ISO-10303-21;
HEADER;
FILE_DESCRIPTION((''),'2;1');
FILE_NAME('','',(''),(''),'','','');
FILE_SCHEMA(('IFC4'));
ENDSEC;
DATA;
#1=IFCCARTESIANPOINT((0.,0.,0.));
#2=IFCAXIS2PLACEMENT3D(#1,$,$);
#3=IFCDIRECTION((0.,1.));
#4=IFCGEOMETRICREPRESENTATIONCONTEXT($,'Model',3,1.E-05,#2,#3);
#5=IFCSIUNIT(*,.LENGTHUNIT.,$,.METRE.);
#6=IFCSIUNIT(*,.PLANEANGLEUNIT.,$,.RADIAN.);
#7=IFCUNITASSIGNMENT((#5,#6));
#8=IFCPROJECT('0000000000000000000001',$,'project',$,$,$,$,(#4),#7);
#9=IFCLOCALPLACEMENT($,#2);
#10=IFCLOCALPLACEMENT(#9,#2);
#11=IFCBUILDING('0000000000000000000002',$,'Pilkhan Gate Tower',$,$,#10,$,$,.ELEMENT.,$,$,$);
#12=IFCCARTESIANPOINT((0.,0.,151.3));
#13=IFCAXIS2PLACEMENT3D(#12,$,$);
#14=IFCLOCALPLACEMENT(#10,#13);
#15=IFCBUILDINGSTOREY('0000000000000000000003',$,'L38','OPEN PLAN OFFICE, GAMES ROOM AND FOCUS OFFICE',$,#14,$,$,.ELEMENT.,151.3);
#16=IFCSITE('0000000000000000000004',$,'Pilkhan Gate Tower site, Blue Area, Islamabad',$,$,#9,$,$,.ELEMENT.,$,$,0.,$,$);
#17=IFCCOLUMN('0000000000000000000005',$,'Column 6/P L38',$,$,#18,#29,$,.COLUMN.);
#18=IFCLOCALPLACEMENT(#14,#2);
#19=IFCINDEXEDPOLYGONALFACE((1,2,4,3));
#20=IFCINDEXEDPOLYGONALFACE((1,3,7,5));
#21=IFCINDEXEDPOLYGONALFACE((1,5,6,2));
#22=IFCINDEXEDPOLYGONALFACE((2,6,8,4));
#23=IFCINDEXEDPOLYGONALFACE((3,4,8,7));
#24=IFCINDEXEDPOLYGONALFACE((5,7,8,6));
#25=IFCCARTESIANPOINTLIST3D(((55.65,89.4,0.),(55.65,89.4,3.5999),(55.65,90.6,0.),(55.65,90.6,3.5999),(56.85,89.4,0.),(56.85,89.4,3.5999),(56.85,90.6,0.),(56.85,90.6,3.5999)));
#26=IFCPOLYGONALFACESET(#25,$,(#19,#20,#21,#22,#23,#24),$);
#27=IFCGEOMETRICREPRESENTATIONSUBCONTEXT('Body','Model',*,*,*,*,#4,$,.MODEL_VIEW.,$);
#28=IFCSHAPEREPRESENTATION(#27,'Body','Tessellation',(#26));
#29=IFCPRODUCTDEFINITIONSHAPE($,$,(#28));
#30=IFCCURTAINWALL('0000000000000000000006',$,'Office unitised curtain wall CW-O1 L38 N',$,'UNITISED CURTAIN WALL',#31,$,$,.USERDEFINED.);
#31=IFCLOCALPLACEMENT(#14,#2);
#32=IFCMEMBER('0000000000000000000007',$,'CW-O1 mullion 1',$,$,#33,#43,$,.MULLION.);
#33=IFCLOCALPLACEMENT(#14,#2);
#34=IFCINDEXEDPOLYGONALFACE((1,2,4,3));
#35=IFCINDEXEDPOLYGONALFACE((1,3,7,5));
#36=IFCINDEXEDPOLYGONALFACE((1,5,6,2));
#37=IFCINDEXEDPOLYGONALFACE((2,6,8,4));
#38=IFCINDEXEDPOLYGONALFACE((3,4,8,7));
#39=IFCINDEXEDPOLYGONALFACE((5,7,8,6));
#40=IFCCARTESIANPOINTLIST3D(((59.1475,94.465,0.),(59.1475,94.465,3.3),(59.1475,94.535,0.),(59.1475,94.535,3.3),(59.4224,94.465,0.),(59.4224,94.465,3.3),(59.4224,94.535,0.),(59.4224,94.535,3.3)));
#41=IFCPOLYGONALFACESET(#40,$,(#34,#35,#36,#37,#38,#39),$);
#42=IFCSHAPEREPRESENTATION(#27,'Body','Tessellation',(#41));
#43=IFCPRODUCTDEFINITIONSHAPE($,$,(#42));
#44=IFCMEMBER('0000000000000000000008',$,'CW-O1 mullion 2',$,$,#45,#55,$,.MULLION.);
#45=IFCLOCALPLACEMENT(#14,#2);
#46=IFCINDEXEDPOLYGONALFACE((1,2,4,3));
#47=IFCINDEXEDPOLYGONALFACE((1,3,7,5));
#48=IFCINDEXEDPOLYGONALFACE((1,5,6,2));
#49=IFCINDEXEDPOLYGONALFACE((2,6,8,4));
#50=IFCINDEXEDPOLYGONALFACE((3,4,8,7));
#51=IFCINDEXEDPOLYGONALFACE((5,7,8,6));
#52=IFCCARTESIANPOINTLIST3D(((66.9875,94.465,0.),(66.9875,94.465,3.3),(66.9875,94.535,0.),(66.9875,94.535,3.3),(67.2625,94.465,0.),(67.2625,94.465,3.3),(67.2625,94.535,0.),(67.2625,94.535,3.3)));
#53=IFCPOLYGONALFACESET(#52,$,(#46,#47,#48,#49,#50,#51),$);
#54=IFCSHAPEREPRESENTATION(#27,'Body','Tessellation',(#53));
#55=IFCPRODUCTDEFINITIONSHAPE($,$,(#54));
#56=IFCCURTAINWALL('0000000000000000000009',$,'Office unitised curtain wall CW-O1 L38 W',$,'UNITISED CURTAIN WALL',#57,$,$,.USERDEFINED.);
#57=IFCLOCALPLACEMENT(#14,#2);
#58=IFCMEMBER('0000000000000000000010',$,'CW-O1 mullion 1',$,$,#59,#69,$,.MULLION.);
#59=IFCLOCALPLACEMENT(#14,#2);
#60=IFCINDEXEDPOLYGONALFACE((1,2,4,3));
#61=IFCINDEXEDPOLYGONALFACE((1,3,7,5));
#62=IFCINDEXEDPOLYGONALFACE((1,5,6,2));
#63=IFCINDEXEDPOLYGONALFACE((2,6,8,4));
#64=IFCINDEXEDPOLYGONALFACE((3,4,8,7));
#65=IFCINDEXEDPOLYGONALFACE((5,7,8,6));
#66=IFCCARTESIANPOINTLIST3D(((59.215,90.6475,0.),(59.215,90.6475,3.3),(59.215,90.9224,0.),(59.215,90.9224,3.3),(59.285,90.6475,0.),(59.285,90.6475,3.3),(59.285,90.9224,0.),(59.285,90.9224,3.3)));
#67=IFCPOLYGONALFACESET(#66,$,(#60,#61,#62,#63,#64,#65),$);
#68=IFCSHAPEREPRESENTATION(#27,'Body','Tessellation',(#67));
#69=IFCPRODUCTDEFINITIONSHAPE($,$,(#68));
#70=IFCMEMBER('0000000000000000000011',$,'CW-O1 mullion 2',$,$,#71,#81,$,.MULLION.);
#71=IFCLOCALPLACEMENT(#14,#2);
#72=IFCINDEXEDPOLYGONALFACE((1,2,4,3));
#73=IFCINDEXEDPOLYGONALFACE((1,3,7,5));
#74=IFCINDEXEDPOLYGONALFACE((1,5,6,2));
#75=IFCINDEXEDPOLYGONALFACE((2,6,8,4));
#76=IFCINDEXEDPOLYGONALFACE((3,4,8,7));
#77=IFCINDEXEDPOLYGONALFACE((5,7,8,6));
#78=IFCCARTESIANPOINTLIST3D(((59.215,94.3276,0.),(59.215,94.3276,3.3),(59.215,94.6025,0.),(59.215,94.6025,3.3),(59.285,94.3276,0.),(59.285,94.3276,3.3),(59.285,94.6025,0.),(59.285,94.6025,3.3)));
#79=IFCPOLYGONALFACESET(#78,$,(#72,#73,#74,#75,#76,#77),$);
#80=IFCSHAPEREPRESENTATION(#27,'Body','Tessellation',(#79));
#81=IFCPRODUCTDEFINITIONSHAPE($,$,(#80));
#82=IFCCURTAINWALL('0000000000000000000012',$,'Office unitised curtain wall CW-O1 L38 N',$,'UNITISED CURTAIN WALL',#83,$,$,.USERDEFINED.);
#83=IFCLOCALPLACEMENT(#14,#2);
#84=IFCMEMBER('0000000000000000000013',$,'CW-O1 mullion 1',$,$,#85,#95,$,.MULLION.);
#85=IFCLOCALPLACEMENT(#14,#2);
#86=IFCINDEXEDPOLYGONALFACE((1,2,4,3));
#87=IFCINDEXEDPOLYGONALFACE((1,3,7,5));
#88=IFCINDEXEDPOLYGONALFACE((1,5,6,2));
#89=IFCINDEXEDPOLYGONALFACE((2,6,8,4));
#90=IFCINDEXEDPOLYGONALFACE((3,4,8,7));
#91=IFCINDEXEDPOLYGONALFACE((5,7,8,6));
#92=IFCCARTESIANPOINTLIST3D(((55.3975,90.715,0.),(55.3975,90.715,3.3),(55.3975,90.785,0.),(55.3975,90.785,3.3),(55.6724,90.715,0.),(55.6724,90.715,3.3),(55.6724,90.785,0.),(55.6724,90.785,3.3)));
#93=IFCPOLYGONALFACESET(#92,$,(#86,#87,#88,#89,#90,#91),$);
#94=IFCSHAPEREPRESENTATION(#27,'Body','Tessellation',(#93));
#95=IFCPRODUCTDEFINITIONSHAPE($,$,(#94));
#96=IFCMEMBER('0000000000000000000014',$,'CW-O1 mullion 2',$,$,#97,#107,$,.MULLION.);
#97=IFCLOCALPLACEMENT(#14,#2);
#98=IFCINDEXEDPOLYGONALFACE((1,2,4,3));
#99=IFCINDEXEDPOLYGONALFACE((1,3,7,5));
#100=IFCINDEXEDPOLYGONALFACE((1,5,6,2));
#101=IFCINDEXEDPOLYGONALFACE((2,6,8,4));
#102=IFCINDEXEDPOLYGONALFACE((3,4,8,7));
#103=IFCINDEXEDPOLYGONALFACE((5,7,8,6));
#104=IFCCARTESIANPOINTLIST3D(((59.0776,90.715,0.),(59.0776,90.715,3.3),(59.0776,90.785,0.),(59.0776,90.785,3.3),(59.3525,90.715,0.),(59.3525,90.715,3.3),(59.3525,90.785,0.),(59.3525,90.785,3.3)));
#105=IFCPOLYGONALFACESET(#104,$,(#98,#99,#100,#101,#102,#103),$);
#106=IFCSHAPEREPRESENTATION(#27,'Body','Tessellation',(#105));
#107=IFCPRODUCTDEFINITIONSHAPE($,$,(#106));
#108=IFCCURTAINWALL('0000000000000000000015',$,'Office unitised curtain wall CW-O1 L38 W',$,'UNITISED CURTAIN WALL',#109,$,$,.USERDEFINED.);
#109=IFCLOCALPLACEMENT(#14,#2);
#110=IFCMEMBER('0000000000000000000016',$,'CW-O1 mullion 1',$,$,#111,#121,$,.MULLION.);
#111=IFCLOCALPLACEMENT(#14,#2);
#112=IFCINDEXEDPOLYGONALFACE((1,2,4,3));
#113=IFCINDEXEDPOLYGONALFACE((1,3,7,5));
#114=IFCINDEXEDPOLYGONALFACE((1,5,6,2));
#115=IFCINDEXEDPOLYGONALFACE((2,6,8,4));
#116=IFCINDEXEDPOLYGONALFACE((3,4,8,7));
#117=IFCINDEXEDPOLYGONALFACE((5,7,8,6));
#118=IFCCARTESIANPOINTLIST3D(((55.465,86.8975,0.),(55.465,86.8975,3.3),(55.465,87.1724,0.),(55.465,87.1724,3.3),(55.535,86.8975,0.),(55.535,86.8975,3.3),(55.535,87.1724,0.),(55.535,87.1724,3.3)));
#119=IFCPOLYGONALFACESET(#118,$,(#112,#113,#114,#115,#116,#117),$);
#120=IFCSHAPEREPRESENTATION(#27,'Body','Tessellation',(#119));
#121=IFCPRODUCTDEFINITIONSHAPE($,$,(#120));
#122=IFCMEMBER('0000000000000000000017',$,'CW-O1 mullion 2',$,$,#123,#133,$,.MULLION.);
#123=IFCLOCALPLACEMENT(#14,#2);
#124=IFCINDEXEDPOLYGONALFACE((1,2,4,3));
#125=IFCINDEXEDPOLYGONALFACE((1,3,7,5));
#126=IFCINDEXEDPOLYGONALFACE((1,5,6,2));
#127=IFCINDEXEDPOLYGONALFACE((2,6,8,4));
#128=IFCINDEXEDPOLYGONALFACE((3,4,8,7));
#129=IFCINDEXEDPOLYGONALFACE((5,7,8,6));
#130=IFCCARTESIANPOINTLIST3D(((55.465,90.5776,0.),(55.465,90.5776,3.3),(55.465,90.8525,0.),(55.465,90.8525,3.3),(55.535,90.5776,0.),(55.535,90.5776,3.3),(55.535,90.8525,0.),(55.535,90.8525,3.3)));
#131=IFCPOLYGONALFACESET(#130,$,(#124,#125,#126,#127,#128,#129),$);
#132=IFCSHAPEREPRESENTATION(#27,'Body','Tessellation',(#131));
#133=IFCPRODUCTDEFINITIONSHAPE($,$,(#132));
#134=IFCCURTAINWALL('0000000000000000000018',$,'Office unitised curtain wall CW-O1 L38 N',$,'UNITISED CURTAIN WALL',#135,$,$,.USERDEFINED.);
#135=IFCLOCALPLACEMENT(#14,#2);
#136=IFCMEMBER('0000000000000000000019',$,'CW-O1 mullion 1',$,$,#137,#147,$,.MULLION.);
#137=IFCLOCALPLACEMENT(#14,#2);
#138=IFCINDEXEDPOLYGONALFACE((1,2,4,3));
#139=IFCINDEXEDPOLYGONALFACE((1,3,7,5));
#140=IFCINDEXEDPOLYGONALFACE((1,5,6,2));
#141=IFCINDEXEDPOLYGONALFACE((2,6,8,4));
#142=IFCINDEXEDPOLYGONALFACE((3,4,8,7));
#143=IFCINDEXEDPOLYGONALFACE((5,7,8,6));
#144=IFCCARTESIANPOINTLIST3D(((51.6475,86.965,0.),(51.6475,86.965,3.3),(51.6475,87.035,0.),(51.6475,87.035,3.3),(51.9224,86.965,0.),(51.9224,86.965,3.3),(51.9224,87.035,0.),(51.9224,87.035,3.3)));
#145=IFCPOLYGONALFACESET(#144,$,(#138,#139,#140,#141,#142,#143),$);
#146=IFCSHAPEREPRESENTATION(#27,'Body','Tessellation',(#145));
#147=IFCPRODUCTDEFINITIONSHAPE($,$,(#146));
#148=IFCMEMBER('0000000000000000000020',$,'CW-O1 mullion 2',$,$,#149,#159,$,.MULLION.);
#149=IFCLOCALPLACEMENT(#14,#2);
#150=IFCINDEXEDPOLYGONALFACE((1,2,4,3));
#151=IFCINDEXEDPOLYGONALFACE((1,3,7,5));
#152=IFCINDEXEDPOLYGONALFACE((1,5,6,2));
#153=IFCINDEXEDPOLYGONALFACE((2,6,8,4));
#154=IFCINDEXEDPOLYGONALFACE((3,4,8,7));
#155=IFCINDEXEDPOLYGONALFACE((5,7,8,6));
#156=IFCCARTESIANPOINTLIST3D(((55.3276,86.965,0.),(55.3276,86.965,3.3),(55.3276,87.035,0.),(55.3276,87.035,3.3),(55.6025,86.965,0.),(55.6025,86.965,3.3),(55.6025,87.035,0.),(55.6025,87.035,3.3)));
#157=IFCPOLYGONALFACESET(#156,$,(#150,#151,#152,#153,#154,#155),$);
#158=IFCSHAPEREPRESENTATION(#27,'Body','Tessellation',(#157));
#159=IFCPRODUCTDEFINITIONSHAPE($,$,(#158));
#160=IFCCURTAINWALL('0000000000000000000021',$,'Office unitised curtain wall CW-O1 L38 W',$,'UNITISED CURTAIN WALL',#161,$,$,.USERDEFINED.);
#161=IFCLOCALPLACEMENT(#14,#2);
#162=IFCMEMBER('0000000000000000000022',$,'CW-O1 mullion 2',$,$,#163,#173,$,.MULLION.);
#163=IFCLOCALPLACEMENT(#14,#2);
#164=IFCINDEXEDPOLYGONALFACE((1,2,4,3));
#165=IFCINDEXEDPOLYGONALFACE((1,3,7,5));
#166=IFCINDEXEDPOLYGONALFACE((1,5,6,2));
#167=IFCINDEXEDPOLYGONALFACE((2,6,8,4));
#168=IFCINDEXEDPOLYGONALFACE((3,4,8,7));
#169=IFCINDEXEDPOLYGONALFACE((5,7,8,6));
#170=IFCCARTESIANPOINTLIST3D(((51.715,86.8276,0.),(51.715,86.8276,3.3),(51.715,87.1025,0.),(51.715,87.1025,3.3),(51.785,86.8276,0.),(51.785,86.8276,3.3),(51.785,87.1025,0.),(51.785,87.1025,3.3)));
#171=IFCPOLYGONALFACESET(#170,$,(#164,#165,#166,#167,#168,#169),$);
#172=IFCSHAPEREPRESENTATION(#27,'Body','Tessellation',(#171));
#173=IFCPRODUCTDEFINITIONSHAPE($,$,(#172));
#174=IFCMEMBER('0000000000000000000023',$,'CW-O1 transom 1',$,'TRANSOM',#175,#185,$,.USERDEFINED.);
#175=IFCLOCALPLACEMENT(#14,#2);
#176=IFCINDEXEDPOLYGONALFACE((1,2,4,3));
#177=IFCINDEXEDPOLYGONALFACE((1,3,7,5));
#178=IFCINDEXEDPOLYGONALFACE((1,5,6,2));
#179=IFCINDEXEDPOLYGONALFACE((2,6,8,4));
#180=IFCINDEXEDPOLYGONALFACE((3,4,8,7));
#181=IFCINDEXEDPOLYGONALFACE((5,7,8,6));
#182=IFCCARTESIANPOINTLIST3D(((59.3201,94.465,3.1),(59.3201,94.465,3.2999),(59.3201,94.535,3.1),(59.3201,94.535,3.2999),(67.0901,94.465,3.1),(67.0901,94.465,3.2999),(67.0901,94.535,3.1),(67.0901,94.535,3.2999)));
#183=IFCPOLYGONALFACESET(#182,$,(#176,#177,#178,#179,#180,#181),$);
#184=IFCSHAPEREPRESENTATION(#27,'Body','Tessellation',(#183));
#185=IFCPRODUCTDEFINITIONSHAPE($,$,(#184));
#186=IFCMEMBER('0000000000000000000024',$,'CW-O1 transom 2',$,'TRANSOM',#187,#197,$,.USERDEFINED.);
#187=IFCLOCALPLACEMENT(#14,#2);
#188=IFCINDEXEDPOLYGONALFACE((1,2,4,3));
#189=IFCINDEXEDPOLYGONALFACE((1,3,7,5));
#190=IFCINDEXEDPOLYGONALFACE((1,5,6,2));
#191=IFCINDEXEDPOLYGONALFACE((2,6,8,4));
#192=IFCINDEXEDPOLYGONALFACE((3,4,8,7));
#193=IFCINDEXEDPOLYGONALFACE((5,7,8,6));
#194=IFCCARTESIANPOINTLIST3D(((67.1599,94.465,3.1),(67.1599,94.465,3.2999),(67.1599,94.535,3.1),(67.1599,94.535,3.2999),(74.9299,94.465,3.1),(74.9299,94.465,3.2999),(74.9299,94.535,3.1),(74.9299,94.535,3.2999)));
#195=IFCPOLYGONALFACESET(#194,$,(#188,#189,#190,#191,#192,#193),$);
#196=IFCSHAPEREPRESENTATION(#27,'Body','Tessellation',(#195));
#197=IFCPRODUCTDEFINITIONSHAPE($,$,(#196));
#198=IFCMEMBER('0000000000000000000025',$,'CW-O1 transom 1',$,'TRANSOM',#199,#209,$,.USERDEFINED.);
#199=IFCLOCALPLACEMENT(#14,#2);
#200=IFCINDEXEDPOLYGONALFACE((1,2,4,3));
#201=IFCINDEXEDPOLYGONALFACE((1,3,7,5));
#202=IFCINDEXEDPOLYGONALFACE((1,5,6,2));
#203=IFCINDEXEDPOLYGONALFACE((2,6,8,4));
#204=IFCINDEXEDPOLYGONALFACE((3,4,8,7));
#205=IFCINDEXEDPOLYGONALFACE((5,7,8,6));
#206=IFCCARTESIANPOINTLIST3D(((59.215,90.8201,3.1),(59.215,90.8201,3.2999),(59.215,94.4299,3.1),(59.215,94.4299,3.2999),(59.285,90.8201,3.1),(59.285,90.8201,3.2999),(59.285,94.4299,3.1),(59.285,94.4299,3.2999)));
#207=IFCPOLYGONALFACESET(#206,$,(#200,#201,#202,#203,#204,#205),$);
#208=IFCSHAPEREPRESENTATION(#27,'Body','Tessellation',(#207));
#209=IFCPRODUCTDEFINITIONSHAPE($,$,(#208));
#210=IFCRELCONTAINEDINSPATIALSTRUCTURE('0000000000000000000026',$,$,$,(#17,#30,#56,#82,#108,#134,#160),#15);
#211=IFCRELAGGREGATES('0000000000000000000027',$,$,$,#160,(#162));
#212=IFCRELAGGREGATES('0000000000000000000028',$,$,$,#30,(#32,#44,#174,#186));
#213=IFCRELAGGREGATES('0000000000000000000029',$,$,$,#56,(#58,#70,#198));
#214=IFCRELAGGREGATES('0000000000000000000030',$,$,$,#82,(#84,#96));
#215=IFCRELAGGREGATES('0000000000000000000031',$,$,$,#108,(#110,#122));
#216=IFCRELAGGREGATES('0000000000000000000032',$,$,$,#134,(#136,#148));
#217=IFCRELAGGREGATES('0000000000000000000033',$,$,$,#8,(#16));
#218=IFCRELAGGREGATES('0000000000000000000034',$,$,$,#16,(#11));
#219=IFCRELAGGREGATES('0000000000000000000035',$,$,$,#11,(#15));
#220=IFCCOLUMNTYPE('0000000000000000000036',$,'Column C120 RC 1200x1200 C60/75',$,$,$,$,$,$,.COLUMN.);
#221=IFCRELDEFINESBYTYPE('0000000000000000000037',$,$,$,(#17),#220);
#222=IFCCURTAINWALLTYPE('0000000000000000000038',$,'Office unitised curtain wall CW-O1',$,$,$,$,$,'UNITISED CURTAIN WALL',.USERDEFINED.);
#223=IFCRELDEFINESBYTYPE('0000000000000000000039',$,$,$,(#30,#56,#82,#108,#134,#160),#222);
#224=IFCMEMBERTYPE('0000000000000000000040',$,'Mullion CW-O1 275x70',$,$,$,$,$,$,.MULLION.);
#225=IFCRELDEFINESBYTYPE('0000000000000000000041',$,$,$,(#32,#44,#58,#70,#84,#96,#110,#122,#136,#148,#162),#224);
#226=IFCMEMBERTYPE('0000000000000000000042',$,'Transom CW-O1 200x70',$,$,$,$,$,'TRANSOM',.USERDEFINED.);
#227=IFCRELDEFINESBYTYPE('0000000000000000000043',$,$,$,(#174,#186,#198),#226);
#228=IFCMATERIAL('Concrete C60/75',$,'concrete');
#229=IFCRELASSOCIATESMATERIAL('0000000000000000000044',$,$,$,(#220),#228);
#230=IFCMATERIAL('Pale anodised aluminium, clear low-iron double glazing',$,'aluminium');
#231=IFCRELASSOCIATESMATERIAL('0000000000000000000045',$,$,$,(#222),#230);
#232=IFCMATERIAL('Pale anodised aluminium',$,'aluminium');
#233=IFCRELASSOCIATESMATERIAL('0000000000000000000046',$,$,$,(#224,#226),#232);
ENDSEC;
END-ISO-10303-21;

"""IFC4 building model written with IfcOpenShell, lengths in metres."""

from ifc_helpers import new_model, si_unit, direction, frame, origin, origin_2d, place, context, subcontext, project, spatial, rectangle, extrude, material, material_profile, profile_set, type_object, element, aggregate, save


model = new_model("IFC4")

# Units and contexts
model_context = context("Model", 3, precision=1e-05, world=origin(), true_north=direction((0.0, 1.0)))
body_context = subcontext(model_context, "Body", "Model", "MODEL_VIEW")
ifc_project = project(units=[si_unit("LENGTHUNIT", "METRE"), si_unit("PLANEANGLEUNIT", "RADIAN")], contexts=[model_context])

# Site, building, storey
site_placement = place(None, origin())
site = spatial("IfcSite", under=ifc_project, at=site_placement, Name="Pilkhan Gate Tower site, Blue Area, Islamabad", CompositionType="ELEMENT", RefElevation=0.0)
building_placement = place(site_placement, origin())
building = spatial("IfcBuilding", under=site, at=building_placement, Name="Pilkhan Gate Tower", CompositionType="ELEMENT")
storey_placement = place(building_placement, frame((0.0, 0.0, 151.3)))
storey = spatial("IfcBuildingStorey", under=building, at=storey_placement, Name="L38", Description="OPEN PLAN OFFICE, GAMES ROOM AND FOCUS OFFICE", CompositionType="ELEMENT", Elevation=151.3)

# Column
ifc_material_1 = material(Name="Concrete C60/75", Category="concrete")
ifc_material_profile_1 = material_profile(ifc_material_1, rectangle(XDim=1.2, YDim=1.2, at=origin_2d()), Name="RC 1200x1200")
ifc_profile_set_1 = profile_set([ifc_material_profile_1], Name="Concrete C60/75")
column_type = type_object("IfcColumnType", Name="Column C120 RC 1200x1200 C60/75", PredefinedType="COLUMN", material=ifc_profile_set_1)
column_placement = place(storey_placement, frame((56.25, 90.0, 0.0), z_axis=(0.0, 0.0, 1.0), x_axis=(1.0, 0.0, 0.0)))
element("IfcColumn", 1, at=column_placement, inside=storey, type_object=column_type, Name="Column 6/P L38", PredefinedType="COLUMN", context=body_context, shape_type="SweptSolid", body=[
    extrude(rectangle(XDim=1.2, YDim=1.2, at=origin_2d()), origin(), (0.0, 0.0, 1.0), 3.5999),
])

# Curtain walls, members
ifc_material_2 = material(Name="Pale anodised aluminium, clear low-iron double glazing", Category="aluminium")
curtain_wall_type = type_object("IfcCurtainWallType", Name="Office unitised curtain wall CW-O1", ElementType="UNITISED CURTAIN WALL", PredefinedType="USERDEFINED", material=ifc_material_2)
curtain_wall_1_placement = place(storey_placement, origin())
curtain_wall_1 = element("IfcCurtainWall", 2, at=curtain_wall_1_placement, inside=storey, type_object=curtain_wall_type, Name="Office unitised curtain wall CW-O1 L38 N", ObjectType="UNITISED CURTAIN WALL", PredefinedType="USERDEFINED")
ifc_material_3 = material(Name="Pale anodised aluminium", Category="aluminium")
ifc_material_profile_2 = material_profile(ifc_material_3, rectangle(XDim=0.0701, YDim=0.2749, at=origin_2d()), Name="Mullion 275x70")
ifc_profile_set_2 = profile_set([ifc_material_profile_2], Name="Pale anodised aluminium")
member_type_1 = type_object("IfcMemberType", Name="Mullion CW-O1 275x70", PredefinedType="MULLION", material=ifc_profile_set_2)
member_1_placement = place(storey_placement, frame((59.2849, 94.5, 0.0), z_axis=(0.0, 0.0, 1.0), x_axis=(0.0, 1.0, 0.0)))
member_1 = element("IfcMember", 3, at=member_1_placement, type_object=member_type_1, Name="CW-O1 mullion 1", PredefinedType="MULLION", context=body_context, shape_type="SweptSolid", body=[
    extrude(rectangle(XDim=0.0701, YDim=0.2749, at=origin_2d()), origin(), (0.0, 0.0, 1.0), 3.3),
])
member_2_placement = place(storey_placement, frame((67.125, 94.5, 0.0), z_axis=(0.0, 0.0, 1.0), x_axis=(0.0, 1.0, 0.0)))
member_2 = element("IfcMember", 4, at=member_2_placement, type_object=member_type_1, Name="CW-O1 mullion 2", PredefinedType="MULLION", context=body_context, shape_type="SweptSolid", body=[
    extrude(rectangle(XDim=0.0701, YDim=0.2749, at=origin_2d()), origin(), (0.0, 0.0, 1.0), 3.3),
])
curtain_wall_2_placement = place(storey_placement, origin())
curtain_wall_2 = element("IfcCurtainWall", 5, at=curtain_wall_2_placement, inside=storey, type_object=curtain_wall_type, Name="Office unitised curtain wall CW-O1 L38 W", ObjectType="UNITISED CURTAIN WALL", PredefinedType="USERDEFINED")
member_3_placement = place(storey_placement, frame((59.25, 90.7849, 0.0), z_axis=(0.0, 0.0, 1.0), x_axis=(-1.0, 0.0, 0.0)))
member_3 = element("IfcMember", 6, at=member_3_placement, type_object=member_type_1, Name="CW-O1 mullion 1", PredefinedType="MULLION", context=body_context, shape_type="SweptSolid", body=[
    extrude(rectangle(XDim=0.0701, YDim=0.2749, at=origin_2d()), origin(), (0.0, 0.0, 1.0), 3.3),
])
member_4_placement = place(storey_placement, frame((59.25, 94.4651, 0.0), z_axis=(0.0, 0.0, 1.0), x_axis=(-1.0, 0.0, 0.0)))
member_4 = element("IfcMember", 7, at=member_4_placement, type_object=member_type_1, Name="CW-O1 mullion 2", PredefinedType="MULLION", context=body_context, shape_type="SweptSolid", body=[
    extrude(rectangle(XDim=0.0701, YDim=0.2749, at=origin_2d()), origin(), (0.0, 0.0, 1.0), 3.3),
])
curtain_wall_3_placement = place(storey_placement, origin())
curtain_wall_3 = element("IfcCurtainWall", 8, at=curtain_wall_3_placement, inside=storey, type_object=curtain_wall_type, Name="Office unitised curtain wall CW-O1 L38 N", ObjectType="UNITISED CURTAIN WALL", PredefinedType="USERDEFINED")
member_5_placement = place(storey_placement, frame((55.5349, 90.75, 0.0), z_axis=(0.0, 0.0, 1.0), x_axis=(0.0, 1.0, 0.0)))
member_5 = element("IfcMember", 9, at=member_5_placement, type_object=member_type_1, Name="CW-O1 mullion 1", PredefinedType="MULLION", context=body_context, shape_type="SweptSolid", body=[
    extrude(rectangle(XDim=0.0701, YDim=0.2749, at=origin_2d()), origin(), (0.0, 0.0, 1.0), 3.3),
])
member_6_placement = place(storey_placement, frame((59.2151, 90.75, 0.0), z_axis=(0.0, 0.0, 1.0), x_axis=(0.0, 1.0, 0.0)))
member_6 = element("IfcMember", 10, at=member_6_placement, type_object=member_type_1, Name="CW-O1 mullion 2", PredefinedType="MULLION", context=body_context, shape_type="SweptSolid", body=[
    extrude(rectangle(XDim=0.0701, YDim=0.2749, at=origin_2d()), origin(), (0.0, 0.0, 1.0), 3.3),
])
curtain_wall_4_placement = place(storey_placement, origin())
curtain_wall_4 = element("IfcCurtainWall", 11, at=curtain_wall_4_placement, inside=storey, type_object=curtain_wall_type, Name="Office unitised curtain wall CW-O1 L38 W", ObjectType="UNITISED CURTAIN WALL", PredefinedType="USERDEFINED")
member_7_placement = place(storey_placement, frame((55.5, 87.0349, 0.0), z_axis=(0.0, 0.0, 1.0), x_axis=(-1.0, 0.0, 0.0)))
member_7 = element("IfcMember", 12, at=member_7_placement, type_object=member_type_1, Name="CW-O1 mullion 1", PredefinedType="MULLION", context=body_context, shape_type="SweptSolid", body=[
    extrude(rectangle(XDim=0.0701, YDim=0.2749, at=origin_2d()), origin(), (0.0, 0.0, 1.0), 3.3),
])
member_8_placement = place(storey_placement, frame((55.5, 90.7151, 0.0), z_axis=(0.0, 0.0, 1.0), x_axis=(-1.0, 0.0, 0.0)))
member_8 = element("IfcMember", 13, at=member_8_placement, type_object=member_type_1, Name="CW-O1 mullion 2", PredefinedType="MULLION", context=body_context, shape_type="SweptSolid", body=[
    extrude(rectangle(XDim=0.0701, YDim=0.2749, at=origin_2d()), origin(), (0.0, 0.0, 1.0), 3.3),
])
curtain_wall_5_placement = place(storey_placement, origin())
curtain_wall_5 = element("IfcCurtainWall", 14, at=curtain_wall_5_placement, inside=storey, type_object=curtain_wall_type, Name="Office unitised curtain wall CW-O1 L38 N", ObjectType="UNITISED CURTAIN WALL", PredefinedType="USERDEFINED")
member_9_placement = place(storey_placement, frame((51.7849, 87.0, 0.0), z_axis=(0.0, 0.0, 1.0), x_axis=(0.0, 1.0, 0.0)))
member_9 = element("IfcMember", 15, at=member_9_placement, type_object=member_type_1, Name="CW-O1 mullion 1", PredefinedType="MULLION", context=body_context, shape_type="SweptSolid", body=[
    extrude(rectangle(XDim=0.0701, YDim=0.2749, at=origin_2d()), origin(), (0.0, 0.0, 1.0), 3.3),
])
member_10_placement = place(storey_placement, frame((55.4651, 87.0, 0.0), z_axis=(0.0, 0.0, 1.0), x_axis=(0.0, 1.0, 0.0)))
member_10 = element("IfcMember", 16, at=member_10_placement, type_object=member_type_1, Name="CW-O1 mullion 2", PredefinedType="MULLION", context=body_context, shape_type="SweptSolid", body=[
    extrude(rectangle(XDim=0.0701, YDim=0.2749, at=origin_2d()), origin(), (0.0, 0.0, 1.0), 3.3),
])

# Curtain wall, member
curtain_wall_6_placement = place(storey_placement, origin())
curtain_wall_6 = element("IfcCurtainWall", 17, at=curtain_wall_6_placement, inside=storey, type_object=curtain_wall_type, Name="Office unitised curtain wall CW-O1 L38 W", ObjectType="UNITISED CURTAIN WALL", PredefinedType="USERDEFINED")
member_11_placement = place(storey_placement, frame((51.75, 86.9651, 0.0), z_axis=(0.0, 0.0, 1.0), x_axis=(-1.0, 0.0, 0.0)))
member_11 = element("IfcMember", 18, at=member_11_placement, type_object=member_type_1, Name="CW-O1 mullion 2", PredefinedType="MULLION", context=body_context, shape_type="SweptSolid", body=[
    extrude(rectangle(XDim=0.0701, YDim=0.2749, at=origin_2d()), origin(), (0.0, 0.0, 1.0), 3.3),
])
aggregate(curtain_wall_6, [member_11])

# Members
ifc_material_profile_3 = material_profile(ifc_material_3, rectangle(XDim=0.0701, YDim=0.2, at=origin_2d()), Name="Transom 200x70")
ifc_profile_set_3 = profile_set([ifc_material_profile_3], Name="Pale anodised aluminium")
member_type_2 = type_object("IfcMemberType", Name="Transom CW-O1 200x70", ElementType="TRANSOM", PredefinedType="USERDEFINED", material=ifc_profile_set_3)
member_12_placement = place(storey_placement, frame((59.3201, 94.5, 3.2), z_axis=(1.0, 0.0, 0.0), x_axis=(0.0, 1.0, 0.0)))
member_12 = element("IfcMember", 19, at=member_12_placement, type_object=member_type_2, Name="CW-O1 transom 1", ObjectType="TRANSOM", PredefinedType="USERDEFINED", context=body_context, shape_type="SweptSolid", body=[
    extrude(rectangle(XDim=0.0701, YDim=0.2, at=origin_2d()), origin(), (0.0, 0.0, 1.0), 7.77),
])
member_13_placement = place(storey_placement, frame((67.1599, 94.5, 3.2), z_axis=(1.0, 0.0, 0.0), x_axis=(0.0, 1.0, 0.0)))
member_13 = element("IfcMember", 20, at=member_13_placement, type_object=member_type_2, Name="CW-O1 transom 2", ObjectType="TRANSOM", PredefinedType="USERDEFINED", context=body_context, shape_type="SweptSolid", body=[
    extrude(rectangle(XDim=0.0701, YDim=0.2, at=origin_2d()), origin(), (0.0, 0.0, 1.0), 7.77),
])
member_14_placement = place(storey_placement, frame((59.25, 90.8201, 3.2), z_axis=(0.0, 1.0, 0.0), x_axis=(-1.0, 0.0, 0.0)))
member_14 = element("IfcMember", 21, at=member_14_placement, type_object=member_type_2, Name="CW-O1 transom 1", ObjectType="TRANSOM", PredefinedType="USERDEFINED", context=body_context, shape_type="SweptSolid", body=[
    extrude(rectangle(XDim=0.0701, YDim=0.2, at=origin_2d()), origin(), (0.0, 0.0, 1.0), 3.6099),
])

aggregate(curtain_wall_1, [member_1, member_2, member_12, member_13])
aggregate(curtain_wall_2, [member_3, member_4, member_14])
aggregate(curtain_wall_3, [member_5, member_6])
aggregate(curtain_wall_4, [member_7, member_8])
aggregate(curtain_wall_5, [member_9, member_10])

save(model, "model.ifc")
